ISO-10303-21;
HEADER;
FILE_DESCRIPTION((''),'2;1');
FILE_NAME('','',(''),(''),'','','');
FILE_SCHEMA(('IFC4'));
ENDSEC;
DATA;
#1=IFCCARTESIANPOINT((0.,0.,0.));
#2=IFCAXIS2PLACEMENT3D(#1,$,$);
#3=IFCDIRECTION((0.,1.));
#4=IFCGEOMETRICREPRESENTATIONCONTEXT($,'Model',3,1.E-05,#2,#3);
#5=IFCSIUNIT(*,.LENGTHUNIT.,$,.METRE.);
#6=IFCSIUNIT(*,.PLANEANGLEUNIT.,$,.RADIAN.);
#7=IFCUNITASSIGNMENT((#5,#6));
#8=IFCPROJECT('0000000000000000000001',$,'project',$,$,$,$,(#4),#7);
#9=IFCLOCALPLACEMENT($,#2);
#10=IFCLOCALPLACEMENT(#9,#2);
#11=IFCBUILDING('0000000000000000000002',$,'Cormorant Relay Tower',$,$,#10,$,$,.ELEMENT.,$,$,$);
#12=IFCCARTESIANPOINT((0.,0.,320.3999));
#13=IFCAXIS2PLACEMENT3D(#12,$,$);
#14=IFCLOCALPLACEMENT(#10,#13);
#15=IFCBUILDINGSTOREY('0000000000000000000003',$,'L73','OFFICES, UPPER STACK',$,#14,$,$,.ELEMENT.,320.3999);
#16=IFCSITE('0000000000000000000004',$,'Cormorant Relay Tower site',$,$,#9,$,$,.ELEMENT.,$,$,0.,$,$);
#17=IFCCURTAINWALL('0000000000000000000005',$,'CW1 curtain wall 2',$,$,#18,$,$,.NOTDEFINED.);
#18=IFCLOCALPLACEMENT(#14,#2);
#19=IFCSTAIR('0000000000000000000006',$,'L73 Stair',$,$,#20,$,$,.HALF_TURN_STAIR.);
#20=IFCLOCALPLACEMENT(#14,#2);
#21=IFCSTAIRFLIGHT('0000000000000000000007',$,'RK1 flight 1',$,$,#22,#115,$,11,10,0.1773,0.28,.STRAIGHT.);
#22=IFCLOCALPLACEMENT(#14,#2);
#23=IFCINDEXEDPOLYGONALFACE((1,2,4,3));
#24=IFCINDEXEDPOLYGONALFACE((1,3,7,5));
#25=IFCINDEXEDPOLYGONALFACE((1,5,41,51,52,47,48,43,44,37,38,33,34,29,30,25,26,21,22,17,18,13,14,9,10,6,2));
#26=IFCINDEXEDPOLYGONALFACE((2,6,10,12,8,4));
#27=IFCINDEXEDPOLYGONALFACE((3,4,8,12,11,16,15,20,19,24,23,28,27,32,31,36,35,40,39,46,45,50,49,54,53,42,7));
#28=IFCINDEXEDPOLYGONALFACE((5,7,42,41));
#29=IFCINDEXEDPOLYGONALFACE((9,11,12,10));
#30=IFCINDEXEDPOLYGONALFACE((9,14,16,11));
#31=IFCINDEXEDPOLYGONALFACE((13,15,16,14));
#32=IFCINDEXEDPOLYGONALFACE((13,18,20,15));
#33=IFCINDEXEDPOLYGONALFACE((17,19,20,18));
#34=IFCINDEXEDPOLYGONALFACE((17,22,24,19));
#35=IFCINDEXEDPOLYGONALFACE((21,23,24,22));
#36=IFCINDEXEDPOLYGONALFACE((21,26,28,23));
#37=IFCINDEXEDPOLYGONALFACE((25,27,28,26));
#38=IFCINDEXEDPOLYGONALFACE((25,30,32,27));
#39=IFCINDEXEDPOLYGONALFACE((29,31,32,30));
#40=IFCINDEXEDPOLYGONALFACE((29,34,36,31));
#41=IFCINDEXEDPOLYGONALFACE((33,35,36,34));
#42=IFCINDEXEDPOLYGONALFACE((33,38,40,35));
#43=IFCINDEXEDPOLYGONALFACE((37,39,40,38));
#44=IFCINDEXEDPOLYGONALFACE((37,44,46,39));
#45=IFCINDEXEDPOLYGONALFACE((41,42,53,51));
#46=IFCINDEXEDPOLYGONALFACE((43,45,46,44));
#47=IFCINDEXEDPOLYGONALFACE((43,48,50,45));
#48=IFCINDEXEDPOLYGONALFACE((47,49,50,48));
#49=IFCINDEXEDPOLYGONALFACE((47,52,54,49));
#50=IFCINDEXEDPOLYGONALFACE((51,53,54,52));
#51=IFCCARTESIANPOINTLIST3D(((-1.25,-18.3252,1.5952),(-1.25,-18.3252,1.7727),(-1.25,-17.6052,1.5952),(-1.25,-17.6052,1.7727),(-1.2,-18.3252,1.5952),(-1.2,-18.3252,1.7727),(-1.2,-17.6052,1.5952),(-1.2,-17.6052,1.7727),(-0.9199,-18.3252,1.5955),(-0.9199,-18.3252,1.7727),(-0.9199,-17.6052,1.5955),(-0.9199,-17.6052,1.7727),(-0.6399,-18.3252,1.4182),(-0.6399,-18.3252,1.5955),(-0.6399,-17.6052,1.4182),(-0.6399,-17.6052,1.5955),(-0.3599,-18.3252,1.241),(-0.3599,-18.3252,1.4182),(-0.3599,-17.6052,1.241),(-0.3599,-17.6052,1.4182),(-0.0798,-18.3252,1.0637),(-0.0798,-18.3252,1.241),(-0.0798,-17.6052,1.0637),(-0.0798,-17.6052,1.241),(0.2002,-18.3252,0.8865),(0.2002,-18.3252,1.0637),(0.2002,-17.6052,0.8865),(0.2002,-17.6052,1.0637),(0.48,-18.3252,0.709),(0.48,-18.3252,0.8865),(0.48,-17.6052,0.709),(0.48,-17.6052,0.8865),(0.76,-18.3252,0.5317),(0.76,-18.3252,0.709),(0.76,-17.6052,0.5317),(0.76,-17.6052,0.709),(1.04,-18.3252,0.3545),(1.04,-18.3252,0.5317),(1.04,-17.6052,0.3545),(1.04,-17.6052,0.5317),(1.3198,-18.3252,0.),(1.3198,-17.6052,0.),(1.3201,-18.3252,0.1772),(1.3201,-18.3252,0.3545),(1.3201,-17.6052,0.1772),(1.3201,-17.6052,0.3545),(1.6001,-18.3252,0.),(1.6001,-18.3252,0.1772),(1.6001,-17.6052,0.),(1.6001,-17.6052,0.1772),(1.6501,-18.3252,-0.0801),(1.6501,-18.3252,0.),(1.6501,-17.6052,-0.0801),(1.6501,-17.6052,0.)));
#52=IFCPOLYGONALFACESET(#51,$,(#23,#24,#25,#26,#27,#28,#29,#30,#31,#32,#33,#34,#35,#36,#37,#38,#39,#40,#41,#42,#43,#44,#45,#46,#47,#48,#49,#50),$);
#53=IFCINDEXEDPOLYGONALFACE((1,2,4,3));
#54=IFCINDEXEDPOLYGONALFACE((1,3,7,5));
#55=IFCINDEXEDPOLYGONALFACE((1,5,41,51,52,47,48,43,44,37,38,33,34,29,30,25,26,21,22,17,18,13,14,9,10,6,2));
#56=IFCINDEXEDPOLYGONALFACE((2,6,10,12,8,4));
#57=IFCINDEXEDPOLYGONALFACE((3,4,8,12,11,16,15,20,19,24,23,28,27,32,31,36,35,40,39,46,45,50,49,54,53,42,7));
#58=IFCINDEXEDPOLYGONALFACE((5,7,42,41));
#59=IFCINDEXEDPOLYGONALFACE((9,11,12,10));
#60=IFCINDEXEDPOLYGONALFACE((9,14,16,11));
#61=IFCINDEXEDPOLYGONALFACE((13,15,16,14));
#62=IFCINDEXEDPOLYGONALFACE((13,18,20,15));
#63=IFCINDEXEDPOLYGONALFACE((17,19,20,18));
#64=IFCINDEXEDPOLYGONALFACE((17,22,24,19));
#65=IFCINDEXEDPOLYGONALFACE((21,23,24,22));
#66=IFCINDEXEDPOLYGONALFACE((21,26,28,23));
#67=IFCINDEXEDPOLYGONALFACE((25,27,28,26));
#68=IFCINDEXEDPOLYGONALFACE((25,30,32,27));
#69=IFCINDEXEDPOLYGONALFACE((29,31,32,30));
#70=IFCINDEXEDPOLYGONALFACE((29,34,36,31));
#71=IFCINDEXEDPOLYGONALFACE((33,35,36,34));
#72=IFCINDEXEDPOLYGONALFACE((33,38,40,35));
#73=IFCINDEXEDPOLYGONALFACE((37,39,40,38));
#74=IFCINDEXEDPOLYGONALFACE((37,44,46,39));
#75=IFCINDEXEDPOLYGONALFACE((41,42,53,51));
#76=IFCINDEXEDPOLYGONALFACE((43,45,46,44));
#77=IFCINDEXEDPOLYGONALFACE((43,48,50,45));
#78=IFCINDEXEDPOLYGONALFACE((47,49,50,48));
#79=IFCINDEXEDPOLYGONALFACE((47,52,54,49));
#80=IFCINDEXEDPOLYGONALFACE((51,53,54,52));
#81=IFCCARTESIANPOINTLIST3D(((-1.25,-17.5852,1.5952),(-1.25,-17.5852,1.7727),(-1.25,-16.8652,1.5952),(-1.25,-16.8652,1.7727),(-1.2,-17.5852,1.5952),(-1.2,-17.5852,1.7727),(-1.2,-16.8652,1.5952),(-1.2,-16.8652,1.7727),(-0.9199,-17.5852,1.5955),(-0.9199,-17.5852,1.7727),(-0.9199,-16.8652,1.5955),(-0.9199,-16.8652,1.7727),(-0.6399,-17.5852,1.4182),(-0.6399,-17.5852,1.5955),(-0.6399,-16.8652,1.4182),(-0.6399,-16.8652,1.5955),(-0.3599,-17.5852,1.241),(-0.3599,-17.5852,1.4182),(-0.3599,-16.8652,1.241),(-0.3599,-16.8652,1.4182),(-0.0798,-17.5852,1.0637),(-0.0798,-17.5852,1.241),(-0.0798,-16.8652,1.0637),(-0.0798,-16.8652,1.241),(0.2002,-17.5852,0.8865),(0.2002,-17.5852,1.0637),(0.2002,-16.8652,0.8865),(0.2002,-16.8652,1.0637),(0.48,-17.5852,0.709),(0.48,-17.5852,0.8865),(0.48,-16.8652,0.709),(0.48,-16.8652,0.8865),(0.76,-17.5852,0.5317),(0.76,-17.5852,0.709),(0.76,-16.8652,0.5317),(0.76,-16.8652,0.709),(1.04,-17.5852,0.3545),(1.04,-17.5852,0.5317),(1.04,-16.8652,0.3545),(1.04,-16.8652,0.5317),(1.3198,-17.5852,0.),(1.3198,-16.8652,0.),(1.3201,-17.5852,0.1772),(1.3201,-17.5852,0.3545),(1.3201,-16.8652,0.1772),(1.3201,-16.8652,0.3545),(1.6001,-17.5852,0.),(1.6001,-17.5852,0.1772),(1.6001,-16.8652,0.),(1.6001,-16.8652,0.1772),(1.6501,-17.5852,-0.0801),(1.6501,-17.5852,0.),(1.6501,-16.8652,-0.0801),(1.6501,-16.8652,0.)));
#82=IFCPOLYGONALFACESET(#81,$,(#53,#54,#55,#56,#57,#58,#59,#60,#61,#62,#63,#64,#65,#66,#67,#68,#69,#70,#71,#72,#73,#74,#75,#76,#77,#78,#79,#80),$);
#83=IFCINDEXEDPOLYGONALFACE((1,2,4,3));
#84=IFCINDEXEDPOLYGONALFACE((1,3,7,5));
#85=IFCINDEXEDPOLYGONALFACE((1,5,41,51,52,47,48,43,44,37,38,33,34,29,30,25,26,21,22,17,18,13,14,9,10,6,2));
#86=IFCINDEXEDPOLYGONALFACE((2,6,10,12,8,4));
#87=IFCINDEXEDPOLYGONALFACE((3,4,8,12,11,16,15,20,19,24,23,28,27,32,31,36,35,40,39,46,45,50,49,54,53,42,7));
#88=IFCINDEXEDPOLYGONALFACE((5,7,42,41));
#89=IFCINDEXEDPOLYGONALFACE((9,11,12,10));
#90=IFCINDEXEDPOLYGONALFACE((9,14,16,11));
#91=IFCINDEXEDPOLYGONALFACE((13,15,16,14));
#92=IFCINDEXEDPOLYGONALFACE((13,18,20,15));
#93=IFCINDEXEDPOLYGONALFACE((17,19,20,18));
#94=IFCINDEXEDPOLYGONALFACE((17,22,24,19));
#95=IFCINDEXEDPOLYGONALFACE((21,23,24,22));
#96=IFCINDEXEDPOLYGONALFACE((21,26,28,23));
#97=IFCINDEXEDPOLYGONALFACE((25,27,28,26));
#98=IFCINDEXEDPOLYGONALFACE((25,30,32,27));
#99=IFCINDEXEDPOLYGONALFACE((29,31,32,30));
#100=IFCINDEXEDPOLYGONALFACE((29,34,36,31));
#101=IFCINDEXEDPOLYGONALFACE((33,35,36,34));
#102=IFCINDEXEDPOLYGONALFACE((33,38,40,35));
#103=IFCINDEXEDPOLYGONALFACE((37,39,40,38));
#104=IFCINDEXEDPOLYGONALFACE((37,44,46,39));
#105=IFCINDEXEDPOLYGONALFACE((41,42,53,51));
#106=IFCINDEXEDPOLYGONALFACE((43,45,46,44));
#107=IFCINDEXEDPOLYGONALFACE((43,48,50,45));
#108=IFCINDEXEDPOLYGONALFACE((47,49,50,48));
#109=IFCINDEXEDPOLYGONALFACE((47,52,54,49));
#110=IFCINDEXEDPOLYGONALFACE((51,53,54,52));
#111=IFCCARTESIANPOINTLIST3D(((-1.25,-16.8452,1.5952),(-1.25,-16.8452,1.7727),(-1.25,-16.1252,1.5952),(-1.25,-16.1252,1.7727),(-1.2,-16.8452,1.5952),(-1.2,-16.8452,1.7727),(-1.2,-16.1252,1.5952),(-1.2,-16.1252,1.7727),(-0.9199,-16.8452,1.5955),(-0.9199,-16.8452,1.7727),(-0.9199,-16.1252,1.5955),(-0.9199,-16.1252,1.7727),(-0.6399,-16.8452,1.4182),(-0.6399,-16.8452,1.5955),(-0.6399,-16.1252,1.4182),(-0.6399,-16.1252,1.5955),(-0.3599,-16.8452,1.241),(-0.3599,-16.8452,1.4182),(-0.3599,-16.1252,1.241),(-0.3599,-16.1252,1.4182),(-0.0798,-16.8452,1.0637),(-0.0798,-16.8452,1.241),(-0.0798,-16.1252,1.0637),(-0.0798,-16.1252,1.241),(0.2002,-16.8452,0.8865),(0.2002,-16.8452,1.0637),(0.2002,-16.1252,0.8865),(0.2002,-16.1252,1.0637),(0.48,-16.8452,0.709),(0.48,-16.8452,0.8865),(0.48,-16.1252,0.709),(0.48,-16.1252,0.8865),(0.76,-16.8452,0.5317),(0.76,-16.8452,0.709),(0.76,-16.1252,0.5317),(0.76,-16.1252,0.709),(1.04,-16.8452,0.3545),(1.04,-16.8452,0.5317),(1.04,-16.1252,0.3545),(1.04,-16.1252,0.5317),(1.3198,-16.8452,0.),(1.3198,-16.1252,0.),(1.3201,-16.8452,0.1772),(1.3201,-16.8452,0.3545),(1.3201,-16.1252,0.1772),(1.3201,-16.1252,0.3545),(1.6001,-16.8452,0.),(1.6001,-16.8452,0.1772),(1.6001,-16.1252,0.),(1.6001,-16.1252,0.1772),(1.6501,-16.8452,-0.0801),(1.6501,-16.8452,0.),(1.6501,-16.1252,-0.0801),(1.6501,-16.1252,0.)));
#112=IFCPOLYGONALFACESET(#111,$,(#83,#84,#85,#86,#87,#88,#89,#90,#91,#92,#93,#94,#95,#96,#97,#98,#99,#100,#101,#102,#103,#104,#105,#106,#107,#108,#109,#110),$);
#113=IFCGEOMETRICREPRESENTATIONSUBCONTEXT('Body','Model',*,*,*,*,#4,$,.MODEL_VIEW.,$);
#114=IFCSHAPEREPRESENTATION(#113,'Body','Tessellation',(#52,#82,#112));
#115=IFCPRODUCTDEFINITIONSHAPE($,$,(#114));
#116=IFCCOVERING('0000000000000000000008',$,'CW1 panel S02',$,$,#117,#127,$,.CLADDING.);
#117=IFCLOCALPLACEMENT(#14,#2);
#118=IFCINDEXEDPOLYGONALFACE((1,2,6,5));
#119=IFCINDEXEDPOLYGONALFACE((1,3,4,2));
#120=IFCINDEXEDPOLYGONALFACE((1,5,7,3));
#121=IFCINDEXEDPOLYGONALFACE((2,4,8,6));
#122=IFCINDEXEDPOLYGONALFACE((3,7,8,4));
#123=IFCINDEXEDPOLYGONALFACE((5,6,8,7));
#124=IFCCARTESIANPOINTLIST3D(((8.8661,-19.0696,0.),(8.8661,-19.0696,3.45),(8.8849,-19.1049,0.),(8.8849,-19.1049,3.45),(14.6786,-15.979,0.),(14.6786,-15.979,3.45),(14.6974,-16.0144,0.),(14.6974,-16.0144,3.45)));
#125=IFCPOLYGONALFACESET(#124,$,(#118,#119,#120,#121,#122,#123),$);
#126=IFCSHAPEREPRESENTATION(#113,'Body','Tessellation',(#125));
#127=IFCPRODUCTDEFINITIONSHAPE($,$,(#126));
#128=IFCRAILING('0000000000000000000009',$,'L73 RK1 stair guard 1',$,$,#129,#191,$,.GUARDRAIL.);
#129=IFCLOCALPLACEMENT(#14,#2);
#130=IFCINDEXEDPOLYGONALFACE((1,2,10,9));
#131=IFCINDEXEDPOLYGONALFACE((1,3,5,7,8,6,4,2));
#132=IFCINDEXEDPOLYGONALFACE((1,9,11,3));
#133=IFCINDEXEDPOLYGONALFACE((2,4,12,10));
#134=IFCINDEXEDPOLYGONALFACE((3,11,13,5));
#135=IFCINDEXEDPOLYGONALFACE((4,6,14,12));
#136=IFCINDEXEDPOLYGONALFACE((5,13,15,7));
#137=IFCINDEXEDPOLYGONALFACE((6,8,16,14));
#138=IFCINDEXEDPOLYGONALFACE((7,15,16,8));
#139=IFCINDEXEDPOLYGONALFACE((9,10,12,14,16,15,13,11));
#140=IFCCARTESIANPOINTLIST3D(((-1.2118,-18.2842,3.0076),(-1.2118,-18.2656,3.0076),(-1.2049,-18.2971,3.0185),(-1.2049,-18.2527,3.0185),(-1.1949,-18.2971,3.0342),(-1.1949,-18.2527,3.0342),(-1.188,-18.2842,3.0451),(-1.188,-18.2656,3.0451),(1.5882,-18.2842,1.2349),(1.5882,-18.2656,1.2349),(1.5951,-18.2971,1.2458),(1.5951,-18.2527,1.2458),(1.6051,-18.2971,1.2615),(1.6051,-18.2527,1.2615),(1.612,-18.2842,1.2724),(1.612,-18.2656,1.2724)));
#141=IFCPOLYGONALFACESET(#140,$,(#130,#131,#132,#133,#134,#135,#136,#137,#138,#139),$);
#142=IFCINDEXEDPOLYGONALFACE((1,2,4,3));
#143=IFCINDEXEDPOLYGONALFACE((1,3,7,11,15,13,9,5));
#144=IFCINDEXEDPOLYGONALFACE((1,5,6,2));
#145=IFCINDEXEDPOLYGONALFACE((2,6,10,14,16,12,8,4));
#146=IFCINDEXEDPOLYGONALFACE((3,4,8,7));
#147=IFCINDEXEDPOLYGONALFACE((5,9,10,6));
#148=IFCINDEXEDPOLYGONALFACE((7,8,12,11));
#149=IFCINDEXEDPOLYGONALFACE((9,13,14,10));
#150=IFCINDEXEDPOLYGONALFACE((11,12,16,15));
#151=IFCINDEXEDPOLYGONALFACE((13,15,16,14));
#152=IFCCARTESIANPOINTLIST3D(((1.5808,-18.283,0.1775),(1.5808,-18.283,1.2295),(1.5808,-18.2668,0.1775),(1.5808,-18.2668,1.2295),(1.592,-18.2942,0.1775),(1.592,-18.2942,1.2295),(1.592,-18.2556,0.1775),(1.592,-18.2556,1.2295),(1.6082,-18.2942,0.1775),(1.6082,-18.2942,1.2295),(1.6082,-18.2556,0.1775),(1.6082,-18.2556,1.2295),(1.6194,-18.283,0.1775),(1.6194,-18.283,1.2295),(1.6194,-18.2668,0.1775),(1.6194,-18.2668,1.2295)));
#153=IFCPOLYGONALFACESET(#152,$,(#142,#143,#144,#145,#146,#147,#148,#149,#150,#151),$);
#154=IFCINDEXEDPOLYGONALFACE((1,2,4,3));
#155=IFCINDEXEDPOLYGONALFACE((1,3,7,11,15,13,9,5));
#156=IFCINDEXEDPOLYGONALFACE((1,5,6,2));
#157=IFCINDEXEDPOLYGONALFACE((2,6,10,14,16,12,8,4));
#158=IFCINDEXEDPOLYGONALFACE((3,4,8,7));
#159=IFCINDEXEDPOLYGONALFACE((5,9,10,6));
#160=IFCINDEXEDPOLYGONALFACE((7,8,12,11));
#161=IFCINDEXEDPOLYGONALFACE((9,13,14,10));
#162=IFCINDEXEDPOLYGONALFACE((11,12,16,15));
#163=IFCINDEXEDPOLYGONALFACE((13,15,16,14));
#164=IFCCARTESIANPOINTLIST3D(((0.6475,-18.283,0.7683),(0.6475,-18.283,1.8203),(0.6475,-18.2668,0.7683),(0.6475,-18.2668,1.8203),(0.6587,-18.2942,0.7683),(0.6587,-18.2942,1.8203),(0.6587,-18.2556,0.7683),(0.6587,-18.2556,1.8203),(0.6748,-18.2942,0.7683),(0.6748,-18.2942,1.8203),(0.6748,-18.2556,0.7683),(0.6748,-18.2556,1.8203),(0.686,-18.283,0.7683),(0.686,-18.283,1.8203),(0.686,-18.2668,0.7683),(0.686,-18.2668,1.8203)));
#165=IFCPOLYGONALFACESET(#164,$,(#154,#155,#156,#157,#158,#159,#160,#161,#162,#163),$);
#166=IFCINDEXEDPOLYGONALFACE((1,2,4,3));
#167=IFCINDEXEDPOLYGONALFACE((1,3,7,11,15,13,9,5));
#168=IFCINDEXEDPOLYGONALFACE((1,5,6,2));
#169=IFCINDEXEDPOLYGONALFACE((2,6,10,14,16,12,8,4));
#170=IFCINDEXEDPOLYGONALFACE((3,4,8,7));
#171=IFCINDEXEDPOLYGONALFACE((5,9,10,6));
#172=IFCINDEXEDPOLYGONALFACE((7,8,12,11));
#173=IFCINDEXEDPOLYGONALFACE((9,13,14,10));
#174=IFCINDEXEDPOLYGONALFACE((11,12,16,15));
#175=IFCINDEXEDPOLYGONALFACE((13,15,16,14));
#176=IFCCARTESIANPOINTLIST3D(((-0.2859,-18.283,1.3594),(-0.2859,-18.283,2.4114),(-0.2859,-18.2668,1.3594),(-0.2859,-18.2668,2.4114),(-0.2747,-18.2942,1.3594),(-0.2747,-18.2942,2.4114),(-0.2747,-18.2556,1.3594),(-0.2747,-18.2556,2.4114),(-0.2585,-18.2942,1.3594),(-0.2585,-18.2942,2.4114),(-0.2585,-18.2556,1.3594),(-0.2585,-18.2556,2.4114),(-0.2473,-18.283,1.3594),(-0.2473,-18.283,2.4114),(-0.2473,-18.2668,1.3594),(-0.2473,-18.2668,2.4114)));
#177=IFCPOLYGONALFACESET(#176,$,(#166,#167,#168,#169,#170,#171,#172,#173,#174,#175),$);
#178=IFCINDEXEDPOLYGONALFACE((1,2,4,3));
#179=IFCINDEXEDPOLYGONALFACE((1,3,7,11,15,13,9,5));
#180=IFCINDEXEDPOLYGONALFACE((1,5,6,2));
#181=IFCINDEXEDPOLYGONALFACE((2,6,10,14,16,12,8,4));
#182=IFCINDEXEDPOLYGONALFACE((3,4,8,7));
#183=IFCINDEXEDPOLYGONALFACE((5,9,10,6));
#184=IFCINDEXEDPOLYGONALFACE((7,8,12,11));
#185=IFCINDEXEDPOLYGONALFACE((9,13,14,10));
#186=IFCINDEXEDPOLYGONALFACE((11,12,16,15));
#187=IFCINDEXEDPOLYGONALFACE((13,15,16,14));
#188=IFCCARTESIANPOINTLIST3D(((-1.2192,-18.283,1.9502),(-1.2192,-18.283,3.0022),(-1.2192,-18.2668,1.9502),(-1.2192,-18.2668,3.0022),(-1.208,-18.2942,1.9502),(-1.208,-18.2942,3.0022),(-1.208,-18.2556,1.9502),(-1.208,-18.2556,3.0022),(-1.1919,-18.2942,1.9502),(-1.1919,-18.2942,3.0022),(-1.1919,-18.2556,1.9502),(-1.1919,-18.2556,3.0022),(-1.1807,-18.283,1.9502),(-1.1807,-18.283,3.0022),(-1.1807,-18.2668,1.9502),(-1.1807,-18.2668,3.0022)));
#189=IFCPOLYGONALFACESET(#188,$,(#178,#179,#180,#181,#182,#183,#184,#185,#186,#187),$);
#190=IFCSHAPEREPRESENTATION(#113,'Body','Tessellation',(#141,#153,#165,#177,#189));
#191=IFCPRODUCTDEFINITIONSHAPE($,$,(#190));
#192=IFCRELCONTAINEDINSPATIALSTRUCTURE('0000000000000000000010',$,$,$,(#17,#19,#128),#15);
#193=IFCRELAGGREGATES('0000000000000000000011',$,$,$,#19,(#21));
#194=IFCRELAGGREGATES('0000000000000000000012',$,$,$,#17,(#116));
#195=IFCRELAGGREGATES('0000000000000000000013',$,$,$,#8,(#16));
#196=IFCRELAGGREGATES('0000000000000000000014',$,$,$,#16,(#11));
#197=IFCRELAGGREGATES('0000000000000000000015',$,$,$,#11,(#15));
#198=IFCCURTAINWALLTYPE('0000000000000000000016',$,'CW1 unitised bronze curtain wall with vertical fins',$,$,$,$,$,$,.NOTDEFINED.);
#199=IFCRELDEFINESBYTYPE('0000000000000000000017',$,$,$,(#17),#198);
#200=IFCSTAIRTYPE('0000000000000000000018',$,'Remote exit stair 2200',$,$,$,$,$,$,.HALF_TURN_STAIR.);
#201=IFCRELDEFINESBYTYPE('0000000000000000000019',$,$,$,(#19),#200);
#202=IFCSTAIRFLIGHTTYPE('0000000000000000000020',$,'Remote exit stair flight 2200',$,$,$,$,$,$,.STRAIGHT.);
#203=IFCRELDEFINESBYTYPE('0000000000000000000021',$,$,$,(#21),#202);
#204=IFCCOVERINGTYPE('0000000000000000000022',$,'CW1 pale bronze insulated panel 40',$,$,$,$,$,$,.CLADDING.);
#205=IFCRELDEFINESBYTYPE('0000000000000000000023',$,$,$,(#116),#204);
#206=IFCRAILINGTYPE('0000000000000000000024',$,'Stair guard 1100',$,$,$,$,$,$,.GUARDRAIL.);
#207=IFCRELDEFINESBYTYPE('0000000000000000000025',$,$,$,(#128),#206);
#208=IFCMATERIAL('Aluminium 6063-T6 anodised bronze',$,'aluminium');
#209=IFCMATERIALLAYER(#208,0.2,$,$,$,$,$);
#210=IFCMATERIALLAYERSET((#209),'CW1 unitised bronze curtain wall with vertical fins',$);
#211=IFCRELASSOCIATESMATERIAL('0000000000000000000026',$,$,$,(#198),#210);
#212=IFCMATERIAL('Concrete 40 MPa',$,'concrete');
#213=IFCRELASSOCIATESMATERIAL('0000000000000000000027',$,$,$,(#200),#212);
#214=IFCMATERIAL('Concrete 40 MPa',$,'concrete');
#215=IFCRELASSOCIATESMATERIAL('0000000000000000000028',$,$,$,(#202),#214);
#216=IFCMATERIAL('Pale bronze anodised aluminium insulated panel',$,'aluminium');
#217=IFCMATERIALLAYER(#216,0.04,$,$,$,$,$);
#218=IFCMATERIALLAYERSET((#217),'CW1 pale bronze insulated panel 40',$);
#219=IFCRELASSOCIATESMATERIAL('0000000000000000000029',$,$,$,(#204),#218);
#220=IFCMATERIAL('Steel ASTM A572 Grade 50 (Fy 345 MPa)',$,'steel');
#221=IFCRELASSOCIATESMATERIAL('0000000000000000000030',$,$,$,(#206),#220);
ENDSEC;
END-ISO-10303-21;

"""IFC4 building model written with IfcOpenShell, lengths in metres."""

from ifc_helpers import new_model, si_unit, direction, frame, origin, origin_2d, place, context, subcontext, project, spatial, polyline, rectangle, outline, extrude, material, layer, layer_set, type_object, element, aggregate, save


model = new_model("IFC4")

# Units and contexts
model_context = context("Model", 3, precision=1e-05, world=origin(), true_north=direction((0.0, 1.0)))
body_context = subcontext(model_context, "Body", "Model", "MODEL_VIEW")
ifc_project = project(units=[si_unit("LENGTHUNIT", "METRE"), si_unit("PLANEANGLEUNIT", "RADIAN")], contexts=[model_context])

# Site, building, storey
site_placement = place(None, origin())
site = spatial("IfcSite", under=ifc_project, at=site_placement, Name="Cormorant Relay Tower site", CompositionType="ELEMENT", RefElevation=0.0)
building_placement = place(site_placement, origin())
building = spatial("IfcBuilding", under=site, at=building_placement, Name="Cormorant Relay Tower", CompositionType="ELEMENT")
storey_placement = place(building_placement, frame((0.0, 0.0, 320.3999)))
storey = spatial("IfcBuildingStorey", under=building, at=storey_placement, Name="L73", Description="OFFICES, UPPER STACK", CompositionType="ELEMENT", Elevation=320.3999)

# Curtain wall
ifc_material_1 = material(Name="Aluminium 6063-T6 anodised bronze", Category="aluminium")
ifc_layer_1 = layer(ifc_material_1, 0.2)
ifc_layer_set_1 = layer_set([ifc_layer_1], Name="CW1 unitised bronze curtain wall with vertical fins")
curtain_wall_type = type_object("IfcCurtainWallType", Name="CW1 unitised bronze curtain wall with vertical fins", PredefinedType="NOTDEFINED", material=ifc_layer_set_1)
curtain_wall_placement = place(storey_placement, origin())
curtain_wall = element("IfcCurtainWall", 1, at=curtain_wall_placement, inside=storey, type_object=curtain_wall_type, Name="CW1 curtain wall 2", PredefinedType="NOTDEFINED")

# Stair
ifc_material_2 = material(Name="Concrete 40 MPa", Category="concrete")
stair_type_1 = type_object("IfcStairType", Name="Remote exit stair 2200", PredefinedType="HALF_TURN_STAIR", material=ifc_material_2)
stair_1_placement = place(storey_placement, origin())
stair_1 = element("IfcStair", 2, at=stair_1_placement, inside=storey, type_object=stair_type_1, Name="L73 Stair", PredefinedType="HALF_TURN_STAIR")

# Stair flight
ifc_material_3 = material(Name="Concrete 40 MPa", Category="concrete")
stair_flight_type = type_object("IfcStairFlightType", Name="Remote exit stair flight 2200", PredefinedType="STRAIGHT", material=ifc_material_3)
stair_flight_placement = place(storey_placement, frame((1.6001, -17.2251, 0.0), z_axis=(0.0, 0.0, 1.0), x_axis=(-1.0, 0.0, 0.0)))
stair_flight = element("IfcStairFlight", 3, at=stair_flight_placement, type_object=stair_flight_type, Name="RK1 flight 1", NumberOfRisers=11, NumberOfTreads=10, PredefinedType="STRAIGHT", RiserHeight=0.1773, TreadLength=0.28, context=body_context, shape_type="SweptSolid", body=[
    extrude(outline(polyline([(-0.05, -0.0801), (-0.05, 0.0), (0.0, 0.0), (0.0, 0.1772), (0.28, 0.1772), (0.28, 0.3545), (0.5601, 0.3545), (0.5601, 0.5317), (0.8401, 0.5317), (0.8401, 0.709), (1.1201, 0.709), (1.1201, 0.8865), (1.3999, 0.8865), (1.3999, 1.0637), (1.6799, 1.0637), (1.6799, 1.241), (1.96, 1.241), (1.96, 1.4182), (2.24, 1.4182), (2.24, 1.5955), (2.52, 1.5955), (2.52, 1.7727), (2.8, 1.7727), (2.8501, 1.7727), (2.8501, 1.5952), (2.8, 1.5952), (0.2803, 0.0), (-0.05, -0.0801)])), frame((0.0, 1.1001, 0.0), z_axis=(0.0, -1.0, 0.0), x_axis=(1.0, 0.0, 0.0)), (0.0, 0.0, 1.0), 0.72),
    extrude(outline(polyline([(-0.05, -0.0801), (-0.05, 0.0), (0.0, 0.0), (0.0, 0.1772), (0.28, 0.1772), (0.28, 0.3545), (0.5601, 0.3545), (0.5601, 0.5317), (0.8401, 0.5317), (0.8401, 0.709), (1.1201, 0.709), (1.1201, 0.8865), (1.3999, 0.8865), (1.3999, 1.0637), (1.6799, 1.0637), (1.6799, 1.241), (1.96, 1.241), (1.96, 1.4182), (2.24, 1.4182), (2.24, 1.5955), (2.52, 1.5955), (2.52, 1.7727), (2.8, 1.7727), (2.8501, 1.7727), (2.8501, 1.5952), (2.8, 1.5952), (0.2803, 0.0), (-0.05, -0.0801)])), frame((0.0, 0.3601, 0.0), z_axis=(0.0, -1.0, 0.0), x_axis=(1.0, 0.0, 0.0)), (0.0, 0.0, 1.0), 0.72),
    extrude(outline(polyline([(-0.05, -0.0801), (-0.05, 0.0), (0.0, 0.0), (0.0, 0.1772), (0.28, 0.1772), (0.28, 0.3545), (0.5601, 0.3545), (0.5601, 0.5317), (0.8401, 0.5317), (0.8401, 0.709), (1.1201, 0.709), (1.1201, 0.8865), (1.3999, 0.8865), (1.3999, 1.0637), (1.6799, 1.0637), (1.6799, 1.241), (1.96, 1.241), (1.96, 1.4182), (2.24, 1.4182), (2.24, 1.5955), (2.52, 1.5955), (2.52, 1.7727), (2.8, 1.7727), (2.8501, 1.7727), (2.8501, 1.5952), (2.8, 1.5952), (0.2803, 0.0), (-0.05, -0.0801)])), frame((0.0, -0.3799, 0.0), z_axis=(0.0, -1.0, 0.0), x_axis=(1.0, 0.0, 0.0)), (0.0, 0.0, 1.0), 0.72),
])
aggregate(stair_1, [stair_flight])

# Covering
ifc_material_4 = material(Name="Pale bronze anodised aluminium insulated panel", Category="aluminium")
ifc_layer_2 = layer(ifc_material_4, 0.04)
ifc_layer_set_2 = layer_set([ifc_layer_2], Name="CW1 pale bronze insulated panel 40")
covering_type = type_object("IfcCoveringType", Name="CW1 pale bronze insulated panel 40", PredefinedType="CLADDING", material=ifc_layer_set_2)
covering_placement = place(storey_placement, frame((11.7817, -17.542, 0.0), z_axis=(0.0, 0.0, 1.0), x_axis=(0.882948, 0.469472, 0.0)))
covering = element("IfcCovering", 4, at=covering_placement, type_object=covering_type, Name="CW1 panel S02", PredefinedType="CLADDING", context=body_context, shape_type="SweptSolid", body=[
    extrude(rectangle(XDim=6.583, YDim=0.04, at=origin_2d()), origin(), (0.0, 0.0, 1.0), 3.45),
])
aggregate(curtain_wall, [covering])

# Railing
ifc_material_5 = material(Name="Steel ASTM A572 Grade 50 (Fy 345 MPa)", Category="steel")
railing_type_1 = type_object("IfcRailingType", Name="Stair guard 1100", PredefinedType="GUARDRAIL", material=ifc_material_5)
railing_1_placement = place(storey_placement, frame((1.6001, -18.2749, 0.1775)))
element("IfcRailing", 5, at=railing_1_placement, inside=storey, type_object=railing_type_1, Name="L73 RK1 stair guard 1", PredefinedType="GUARDRAIL", context=body_context, shape_type="SweptSolid", body=[
    extrude(outline(polyline([(0.0222, 0.0093), (0.0093, 0.0222), (-0.0093, 0.0222), (-0.0222, 0.0093), (-0.0222, -0.0093), (-0.0093, -0.0222), (0.0093, -0.0222), (0.0222, -0.0093), (0.0222, 0.0093)])), frame((0.0, 0.0, 1.0762), z_axis=(-0.844909, 0.0, 0.53491), x_axis=(0.0, -1.0, 0.0)), (0.0, 0.0, 1.0), 3.314),
    extrude(outline(polyline([(0.0193, 0.0081), (0.0081, 0.0193), (-0.0081, 0.0193), (-0.0193, 0.0081), (-0.0193, -0.0081), (-0.0081, -0.0193), (0.0081, -0.0193), (0.0193, -0.0081), (0.0193, 0.0081)])), origin(), (0.0, 0.0, 1.0), 1.052),
    extrude(outline(polyline([(0.0193, 0.0081), (0.0081, 0.0193), (-0.0081, 0.0193), (-0.0193, 0.0081), (-0.0193, -0.0081), (-0.0081, -0.0193), (0.0081, -0.0193), (0.0193, -0.0081), (0.0193, 0.0081)])), frame((-0.9333, 0.0, 0.5908)), (0.0, 0.0, 1.0), 1.052),
    extrude(outline(polyline([(0.0193, 0.0081), (0.0081, 0.0193), (-0.0081, 0.0193), (-0.0193, 0.0081), (-0.0193, -0.0081), (-0.0081, -0.0193), (0.0081, -0.0193), (0.0193, -0.0081), (0.0193, 0.0081)])), frame((-1.8667, 0.0, 1.1819)), (0.0, 0.0, 1.0), 1.052),
    extrude(outline(polyline([(0.0193, 0.0081), (0.0081, 0.0193), (-0.0081, 0.0193), (-0.0193, 0.0081), (-0.0193, -0.0081), (-0.0081, -0.0193), (0.0081, -0.0193), (0.0193, -0.0081), (0.0193, 0.0081)])), frame((-2.8, 0.0, 1.7727)), (0.0, 0.0, 1.0), 1.052),
])

save(model, "model.ifc")
